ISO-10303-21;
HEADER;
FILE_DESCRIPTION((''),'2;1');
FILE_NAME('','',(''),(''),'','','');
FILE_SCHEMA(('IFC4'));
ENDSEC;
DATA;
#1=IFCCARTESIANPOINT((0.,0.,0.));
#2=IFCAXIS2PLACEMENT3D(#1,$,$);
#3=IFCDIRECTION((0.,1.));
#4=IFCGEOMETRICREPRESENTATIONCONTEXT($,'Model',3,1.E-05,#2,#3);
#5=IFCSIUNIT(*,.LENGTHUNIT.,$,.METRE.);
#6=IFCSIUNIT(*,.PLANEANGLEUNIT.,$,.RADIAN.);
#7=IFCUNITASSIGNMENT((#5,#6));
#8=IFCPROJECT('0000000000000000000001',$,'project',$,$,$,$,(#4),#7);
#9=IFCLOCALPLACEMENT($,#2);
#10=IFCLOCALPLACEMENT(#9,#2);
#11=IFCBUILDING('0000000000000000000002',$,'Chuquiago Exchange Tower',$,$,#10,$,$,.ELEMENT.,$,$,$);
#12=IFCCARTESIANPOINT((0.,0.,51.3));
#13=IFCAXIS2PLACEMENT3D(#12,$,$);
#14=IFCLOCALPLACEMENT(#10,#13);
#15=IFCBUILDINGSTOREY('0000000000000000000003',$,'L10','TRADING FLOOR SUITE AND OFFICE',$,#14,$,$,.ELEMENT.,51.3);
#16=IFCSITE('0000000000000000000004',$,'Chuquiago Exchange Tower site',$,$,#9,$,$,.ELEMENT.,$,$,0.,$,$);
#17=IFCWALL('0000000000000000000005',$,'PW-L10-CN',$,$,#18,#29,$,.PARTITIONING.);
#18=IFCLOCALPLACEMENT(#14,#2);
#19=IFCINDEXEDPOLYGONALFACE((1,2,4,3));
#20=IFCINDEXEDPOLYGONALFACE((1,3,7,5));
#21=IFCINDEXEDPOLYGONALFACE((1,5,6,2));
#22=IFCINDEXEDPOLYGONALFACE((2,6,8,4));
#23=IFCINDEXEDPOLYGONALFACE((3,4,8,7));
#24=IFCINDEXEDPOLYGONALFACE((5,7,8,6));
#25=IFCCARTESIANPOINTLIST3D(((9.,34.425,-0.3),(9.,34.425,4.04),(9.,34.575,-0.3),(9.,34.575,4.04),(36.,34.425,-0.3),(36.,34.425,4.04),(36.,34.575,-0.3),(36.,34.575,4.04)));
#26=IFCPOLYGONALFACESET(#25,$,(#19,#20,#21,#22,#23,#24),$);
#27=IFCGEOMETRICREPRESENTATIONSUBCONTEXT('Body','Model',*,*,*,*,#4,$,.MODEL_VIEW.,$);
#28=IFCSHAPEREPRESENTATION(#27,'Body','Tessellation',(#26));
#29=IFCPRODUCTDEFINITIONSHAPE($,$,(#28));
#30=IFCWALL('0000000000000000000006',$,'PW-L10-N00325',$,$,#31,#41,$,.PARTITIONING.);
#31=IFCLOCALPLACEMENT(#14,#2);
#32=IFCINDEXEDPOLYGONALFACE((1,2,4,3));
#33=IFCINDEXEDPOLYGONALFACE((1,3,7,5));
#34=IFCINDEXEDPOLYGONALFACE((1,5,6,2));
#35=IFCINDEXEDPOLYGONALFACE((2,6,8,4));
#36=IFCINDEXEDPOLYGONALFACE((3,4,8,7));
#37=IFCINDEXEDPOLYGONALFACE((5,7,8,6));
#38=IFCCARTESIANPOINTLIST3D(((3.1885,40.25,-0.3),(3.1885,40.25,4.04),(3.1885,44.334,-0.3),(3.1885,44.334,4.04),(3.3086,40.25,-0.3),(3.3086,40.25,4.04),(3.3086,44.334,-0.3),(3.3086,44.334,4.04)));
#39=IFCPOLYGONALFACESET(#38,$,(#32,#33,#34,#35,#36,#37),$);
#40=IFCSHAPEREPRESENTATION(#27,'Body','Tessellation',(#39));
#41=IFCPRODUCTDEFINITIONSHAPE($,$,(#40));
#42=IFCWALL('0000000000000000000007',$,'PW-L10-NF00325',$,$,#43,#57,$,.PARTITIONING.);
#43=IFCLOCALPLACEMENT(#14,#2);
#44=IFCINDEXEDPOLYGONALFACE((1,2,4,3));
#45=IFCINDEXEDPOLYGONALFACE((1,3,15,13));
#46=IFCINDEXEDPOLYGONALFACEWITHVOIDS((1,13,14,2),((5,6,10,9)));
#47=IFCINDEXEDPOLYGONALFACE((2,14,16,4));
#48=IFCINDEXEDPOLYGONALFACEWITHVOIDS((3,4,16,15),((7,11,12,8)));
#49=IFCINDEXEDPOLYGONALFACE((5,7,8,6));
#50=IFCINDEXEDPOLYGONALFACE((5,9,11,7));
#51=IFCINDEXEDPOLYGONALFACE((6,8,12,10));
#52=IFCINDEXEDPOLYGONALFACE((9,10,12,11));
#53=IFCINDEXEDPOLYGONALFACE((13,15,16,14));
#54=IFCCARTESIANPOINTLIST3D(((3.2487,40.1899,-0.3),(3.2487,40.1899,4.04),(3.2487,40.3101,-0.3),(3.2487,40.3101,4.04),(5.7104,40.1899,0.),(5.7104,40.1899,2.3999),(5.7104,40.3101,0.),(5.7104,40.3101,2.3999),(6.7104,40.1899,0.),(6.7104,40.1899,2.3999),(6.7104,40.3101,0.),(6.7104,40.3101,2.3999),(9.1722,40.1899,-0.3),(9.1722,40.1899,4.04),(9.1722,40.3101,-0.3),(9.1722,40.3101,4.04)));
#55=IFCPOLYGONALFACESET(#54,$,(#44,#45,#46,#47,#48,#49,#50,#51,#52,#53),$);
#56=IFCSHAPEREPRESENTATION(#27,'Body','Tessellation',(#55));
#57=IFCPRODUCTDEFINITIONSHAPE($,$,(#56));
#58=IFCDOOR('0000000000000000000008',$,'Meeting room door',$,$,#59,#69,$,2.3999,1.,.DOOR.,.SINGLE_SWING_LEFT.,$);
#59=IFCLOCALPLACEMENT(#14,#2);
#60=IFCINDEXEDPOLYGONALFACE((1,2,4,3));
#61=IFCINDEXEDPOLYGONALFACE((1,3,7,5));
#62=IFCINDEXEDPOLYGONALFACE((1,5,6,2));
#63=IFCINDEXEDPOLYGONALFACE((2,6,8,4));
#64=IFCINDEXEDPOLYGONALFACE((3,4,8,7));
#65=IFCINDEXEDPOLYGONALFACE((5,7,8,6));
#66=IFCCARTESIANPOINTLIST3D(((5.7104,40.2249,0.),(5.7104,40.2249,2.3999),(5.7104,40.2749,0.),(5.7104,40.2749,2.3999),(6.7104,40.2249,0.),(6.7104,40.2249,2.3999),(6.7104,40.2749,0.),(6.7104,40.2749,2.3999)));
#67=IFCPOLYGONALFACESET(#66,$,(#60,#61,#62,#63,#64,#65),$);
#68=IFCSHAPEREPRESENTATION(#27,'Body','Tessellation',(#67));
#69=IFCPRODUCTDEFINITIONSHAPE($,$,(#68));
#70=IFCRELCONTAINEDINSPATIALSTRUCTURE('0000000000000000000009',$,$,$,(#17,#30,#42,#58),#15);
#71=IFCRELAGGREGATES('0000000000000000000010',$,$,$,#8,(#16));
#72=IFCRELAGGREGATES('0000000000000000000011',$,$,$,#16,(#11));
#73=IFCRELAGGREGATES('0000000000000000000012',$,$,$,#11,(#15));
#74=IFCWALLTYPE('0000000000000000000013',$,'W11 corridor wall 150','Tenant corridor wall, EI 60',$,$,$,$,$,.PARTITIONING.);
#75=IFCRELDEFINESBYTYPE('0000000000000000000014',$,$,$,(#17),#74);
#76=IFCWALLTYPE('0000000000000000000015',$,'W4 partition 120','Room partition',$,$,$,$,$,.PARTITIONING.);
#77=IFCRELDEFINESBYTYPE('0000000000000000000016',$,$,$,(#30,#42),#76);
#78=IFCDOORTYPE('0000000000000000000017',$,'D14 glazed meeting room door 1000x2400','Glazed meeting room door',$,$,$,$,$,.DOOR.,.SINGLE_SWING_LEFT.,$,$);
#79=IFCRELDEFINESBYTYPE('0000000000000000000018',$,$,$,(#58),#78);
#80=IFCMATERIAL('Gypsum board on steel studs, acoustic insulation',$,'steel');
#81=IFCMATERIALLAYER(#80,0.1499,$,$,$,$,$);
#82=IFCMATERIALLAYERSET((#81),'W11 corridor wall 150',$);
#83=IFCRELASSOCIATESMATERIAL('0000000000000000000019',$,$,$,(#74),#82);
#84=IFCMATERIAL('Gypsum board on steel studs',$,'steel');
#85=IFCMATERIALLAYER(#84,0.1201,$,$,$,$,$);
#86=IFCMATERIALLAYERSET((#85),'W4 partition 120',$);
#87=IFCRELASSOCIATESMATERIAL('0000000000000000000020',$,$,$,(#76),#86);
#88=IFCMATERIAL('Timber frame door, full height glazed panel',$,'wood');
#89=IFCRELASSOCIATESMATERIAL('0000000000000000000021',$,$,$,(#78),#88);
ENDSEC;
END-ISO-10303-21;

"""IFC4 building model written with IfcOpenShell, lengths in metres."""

from ifc_helpers import new_model, si_unit, direction, frame, frame_2d, origin, place, context, subcontext, project, spatial, rectangle, extrude, material, layer, layer_set, type_object, element, fill, save


model = new_model("IFC4")

# Units and contexts
model_context = context("Model", 3, precision=1e-05, world=origin(), true_north=direction((0.0, 1.0)))
body_context = subcontext(model_context, "Body", "Model", "MODEL_VIEW")
ifc_project = project(units=[si_unit("LENGTHUNIT", "METRE"), si_unit("PLANEANGLEUNIT", "RADIAN")], contexts=[model_context])

# Site, building, storey
site_placement = place(None, origin())
site = spatial("IfcSite", under=ifc_project, at=site_placement, Name="Chuquiago Exchange Tower site", CompositionType="ELEMENT", RefElevation=0.0)
building_placement = place(site_placement, origin())
building = spatial("IfcBuilding", under=site, at=building_placement, Name="Chuquiago Exchange Tower", CompositionType="ELEMENT")
storey_placement = place(building_placement, frame((0.0, 0.0, 51.3)))
storey = spatial("IfcBuildingStorey", under=building, at=storey_placement, Name="L10", Description="TRADING FLOOR SUITE AND OFFICE", CompositionType="ELEMENT", Elevation=51.3)

# Walls
ifc_material_1 = material(Name="Gypsum board on steel studs, acoustic insulation", Category="steel")
ifc_layer_1 = layer(ifc_material_1, 0.1499)
ifc_layer_set_1 = layer_set([ifc_layer_1], Name="W11 corridor wall 150")
wall_type_1 = type_object("IfcWallType", Name="W11 corridor wall 150", Description="Tenant corridor wall, EI 60", PredefinedType="PARTITIONING", material=ifc_layer_set_1)
wall_1_placement = place(storey_placement, frame((9.0, 34.5, -0.3), z_axis=(0.0, 0.0, 1.0), x_axis=(1.0, 0.0, 0.0)))
element("IfcWall", 1, at=wall_1_placement, inside=storey, type_object=wall_type_1, Name="PW-L10-CN", PredefinedType="PARTITIONING", context=body_context, shape_type="SweptSolid", body=[
    extrude(rectangle(XDim=27.0, YDim=0.1499, at=frame_2d((13.5, 0.0))), origin(), (0.0, 0.0, 1.0), 4.3401),
])
ifc_material_2 = material(Name="Gypsum board on steel studs", Category="steel")
ifc_layer_2 = layer(ifc_material_2, 0.1201)
ifc_layer_set_2 = layer_set([ifc_layer_2], Name="W4 partition 120")
wall_type_2 = type_object("IfcWallType", Name="W4 partition 120", Description="Room partition", PredefinedType="PARTITIONING", material=ifc_layer_set_2)
wall_2_placement = place(storey_placement, frame((3.2485, 44.334, -0.3), z_axis=(0.0, 0.0, 1.0), x_axis=(0.0, -1.0, 0.0)))
element("IfcWall", 2, at=wall_2_placement, inside=storey, type_object=wall_type_2, Name="PW-L10-N00325", PredefinedType="PARTITIONING", context=body_context, shape_type="SweptSolid", body=[
    extrude(rectangle(XDim=4.084, YDim=0.1201, at=frame_2d((2.042, 0.0))), origin(), (0.0, 0.0, 1.0), 4.3401),
])

# Wall, opening, door
wall_3_placement = place(storey_placement, frame((3.2485, 40.25, -0.3), z_axis=(0.0, 0.0, 1.0), x_axis=(1.0, 0.0, 0.0)))
wall_3 = element("IfcWall", 3, at=wall_3_placement, inside=storey, type_object=wall_type_2, Name="PW-L10-NF00325", PredefinedType="PARTITIONING", context=body_context, shape_type="SweptSolid", body=[
    extrude(rectangle(XDim=5.9236, YDim=0.1201, at=frame_2d((2.9619, 0.0))), origin(), (0.0, 0.0, 1.0), 4.3401),
])
opening_placement = place(wall_3_placement, frame((2.4619, 0.0, 0.3)))
opening = element("IfcOpeningElement", 4, at=opening_placement, cuts=wall_3, PredefinedType="OPENING", context=body_context, shape_type="SweptSolid", body=[
    extrude(rectangle(XDim=1.0, YDim=2.3999, at=frame_2d((0.5, 1.2))), frame((0.0, 0.0701, 0.0), z_axis=(0.0, -1.0, 0.0), x_axis=(1.0, 0.0, 0.0)), (0.0, 0.0, 1.0), 0.1401),
])
ifc_material_3 = material(Name="Timber frame door, full height glazed panel", Category="wood")
door_type = type_object("IfcDoorType", Name="D14 glazed meeting room door 1000x2400", Description="Glazed meeting room door", OperationType="SINGLE_SWING_LEFT", PredefinedType="DOOR", material=ifc_material_3)
door_placement = place(opening_placement, origin())
door = element("IfcDoor", 5, at=door_placement, inside=storey, type_object=door_type, Name="Meeting room door", OperationType="SINGLE_SWING_LEFT", OverallHeight=2.3999, OverallWidth=1.0, PredefinedType="DOOR", context=body_context, shape_type="SweptSolid", body=[
    extrude(rectangle(XDim=1.0, YDim=2.3999, at=frame_2d((0.5, 1.2))), frame((0.0, 0.0249, 0.0), z_axis=(0.0, -1.0, 0.0), x_axis=(1.0, 0.0, 0.0)), (0.0, 0.0, 1.0), 0.05),
])
fill(opening, door)

save(model, "model.ifc")
